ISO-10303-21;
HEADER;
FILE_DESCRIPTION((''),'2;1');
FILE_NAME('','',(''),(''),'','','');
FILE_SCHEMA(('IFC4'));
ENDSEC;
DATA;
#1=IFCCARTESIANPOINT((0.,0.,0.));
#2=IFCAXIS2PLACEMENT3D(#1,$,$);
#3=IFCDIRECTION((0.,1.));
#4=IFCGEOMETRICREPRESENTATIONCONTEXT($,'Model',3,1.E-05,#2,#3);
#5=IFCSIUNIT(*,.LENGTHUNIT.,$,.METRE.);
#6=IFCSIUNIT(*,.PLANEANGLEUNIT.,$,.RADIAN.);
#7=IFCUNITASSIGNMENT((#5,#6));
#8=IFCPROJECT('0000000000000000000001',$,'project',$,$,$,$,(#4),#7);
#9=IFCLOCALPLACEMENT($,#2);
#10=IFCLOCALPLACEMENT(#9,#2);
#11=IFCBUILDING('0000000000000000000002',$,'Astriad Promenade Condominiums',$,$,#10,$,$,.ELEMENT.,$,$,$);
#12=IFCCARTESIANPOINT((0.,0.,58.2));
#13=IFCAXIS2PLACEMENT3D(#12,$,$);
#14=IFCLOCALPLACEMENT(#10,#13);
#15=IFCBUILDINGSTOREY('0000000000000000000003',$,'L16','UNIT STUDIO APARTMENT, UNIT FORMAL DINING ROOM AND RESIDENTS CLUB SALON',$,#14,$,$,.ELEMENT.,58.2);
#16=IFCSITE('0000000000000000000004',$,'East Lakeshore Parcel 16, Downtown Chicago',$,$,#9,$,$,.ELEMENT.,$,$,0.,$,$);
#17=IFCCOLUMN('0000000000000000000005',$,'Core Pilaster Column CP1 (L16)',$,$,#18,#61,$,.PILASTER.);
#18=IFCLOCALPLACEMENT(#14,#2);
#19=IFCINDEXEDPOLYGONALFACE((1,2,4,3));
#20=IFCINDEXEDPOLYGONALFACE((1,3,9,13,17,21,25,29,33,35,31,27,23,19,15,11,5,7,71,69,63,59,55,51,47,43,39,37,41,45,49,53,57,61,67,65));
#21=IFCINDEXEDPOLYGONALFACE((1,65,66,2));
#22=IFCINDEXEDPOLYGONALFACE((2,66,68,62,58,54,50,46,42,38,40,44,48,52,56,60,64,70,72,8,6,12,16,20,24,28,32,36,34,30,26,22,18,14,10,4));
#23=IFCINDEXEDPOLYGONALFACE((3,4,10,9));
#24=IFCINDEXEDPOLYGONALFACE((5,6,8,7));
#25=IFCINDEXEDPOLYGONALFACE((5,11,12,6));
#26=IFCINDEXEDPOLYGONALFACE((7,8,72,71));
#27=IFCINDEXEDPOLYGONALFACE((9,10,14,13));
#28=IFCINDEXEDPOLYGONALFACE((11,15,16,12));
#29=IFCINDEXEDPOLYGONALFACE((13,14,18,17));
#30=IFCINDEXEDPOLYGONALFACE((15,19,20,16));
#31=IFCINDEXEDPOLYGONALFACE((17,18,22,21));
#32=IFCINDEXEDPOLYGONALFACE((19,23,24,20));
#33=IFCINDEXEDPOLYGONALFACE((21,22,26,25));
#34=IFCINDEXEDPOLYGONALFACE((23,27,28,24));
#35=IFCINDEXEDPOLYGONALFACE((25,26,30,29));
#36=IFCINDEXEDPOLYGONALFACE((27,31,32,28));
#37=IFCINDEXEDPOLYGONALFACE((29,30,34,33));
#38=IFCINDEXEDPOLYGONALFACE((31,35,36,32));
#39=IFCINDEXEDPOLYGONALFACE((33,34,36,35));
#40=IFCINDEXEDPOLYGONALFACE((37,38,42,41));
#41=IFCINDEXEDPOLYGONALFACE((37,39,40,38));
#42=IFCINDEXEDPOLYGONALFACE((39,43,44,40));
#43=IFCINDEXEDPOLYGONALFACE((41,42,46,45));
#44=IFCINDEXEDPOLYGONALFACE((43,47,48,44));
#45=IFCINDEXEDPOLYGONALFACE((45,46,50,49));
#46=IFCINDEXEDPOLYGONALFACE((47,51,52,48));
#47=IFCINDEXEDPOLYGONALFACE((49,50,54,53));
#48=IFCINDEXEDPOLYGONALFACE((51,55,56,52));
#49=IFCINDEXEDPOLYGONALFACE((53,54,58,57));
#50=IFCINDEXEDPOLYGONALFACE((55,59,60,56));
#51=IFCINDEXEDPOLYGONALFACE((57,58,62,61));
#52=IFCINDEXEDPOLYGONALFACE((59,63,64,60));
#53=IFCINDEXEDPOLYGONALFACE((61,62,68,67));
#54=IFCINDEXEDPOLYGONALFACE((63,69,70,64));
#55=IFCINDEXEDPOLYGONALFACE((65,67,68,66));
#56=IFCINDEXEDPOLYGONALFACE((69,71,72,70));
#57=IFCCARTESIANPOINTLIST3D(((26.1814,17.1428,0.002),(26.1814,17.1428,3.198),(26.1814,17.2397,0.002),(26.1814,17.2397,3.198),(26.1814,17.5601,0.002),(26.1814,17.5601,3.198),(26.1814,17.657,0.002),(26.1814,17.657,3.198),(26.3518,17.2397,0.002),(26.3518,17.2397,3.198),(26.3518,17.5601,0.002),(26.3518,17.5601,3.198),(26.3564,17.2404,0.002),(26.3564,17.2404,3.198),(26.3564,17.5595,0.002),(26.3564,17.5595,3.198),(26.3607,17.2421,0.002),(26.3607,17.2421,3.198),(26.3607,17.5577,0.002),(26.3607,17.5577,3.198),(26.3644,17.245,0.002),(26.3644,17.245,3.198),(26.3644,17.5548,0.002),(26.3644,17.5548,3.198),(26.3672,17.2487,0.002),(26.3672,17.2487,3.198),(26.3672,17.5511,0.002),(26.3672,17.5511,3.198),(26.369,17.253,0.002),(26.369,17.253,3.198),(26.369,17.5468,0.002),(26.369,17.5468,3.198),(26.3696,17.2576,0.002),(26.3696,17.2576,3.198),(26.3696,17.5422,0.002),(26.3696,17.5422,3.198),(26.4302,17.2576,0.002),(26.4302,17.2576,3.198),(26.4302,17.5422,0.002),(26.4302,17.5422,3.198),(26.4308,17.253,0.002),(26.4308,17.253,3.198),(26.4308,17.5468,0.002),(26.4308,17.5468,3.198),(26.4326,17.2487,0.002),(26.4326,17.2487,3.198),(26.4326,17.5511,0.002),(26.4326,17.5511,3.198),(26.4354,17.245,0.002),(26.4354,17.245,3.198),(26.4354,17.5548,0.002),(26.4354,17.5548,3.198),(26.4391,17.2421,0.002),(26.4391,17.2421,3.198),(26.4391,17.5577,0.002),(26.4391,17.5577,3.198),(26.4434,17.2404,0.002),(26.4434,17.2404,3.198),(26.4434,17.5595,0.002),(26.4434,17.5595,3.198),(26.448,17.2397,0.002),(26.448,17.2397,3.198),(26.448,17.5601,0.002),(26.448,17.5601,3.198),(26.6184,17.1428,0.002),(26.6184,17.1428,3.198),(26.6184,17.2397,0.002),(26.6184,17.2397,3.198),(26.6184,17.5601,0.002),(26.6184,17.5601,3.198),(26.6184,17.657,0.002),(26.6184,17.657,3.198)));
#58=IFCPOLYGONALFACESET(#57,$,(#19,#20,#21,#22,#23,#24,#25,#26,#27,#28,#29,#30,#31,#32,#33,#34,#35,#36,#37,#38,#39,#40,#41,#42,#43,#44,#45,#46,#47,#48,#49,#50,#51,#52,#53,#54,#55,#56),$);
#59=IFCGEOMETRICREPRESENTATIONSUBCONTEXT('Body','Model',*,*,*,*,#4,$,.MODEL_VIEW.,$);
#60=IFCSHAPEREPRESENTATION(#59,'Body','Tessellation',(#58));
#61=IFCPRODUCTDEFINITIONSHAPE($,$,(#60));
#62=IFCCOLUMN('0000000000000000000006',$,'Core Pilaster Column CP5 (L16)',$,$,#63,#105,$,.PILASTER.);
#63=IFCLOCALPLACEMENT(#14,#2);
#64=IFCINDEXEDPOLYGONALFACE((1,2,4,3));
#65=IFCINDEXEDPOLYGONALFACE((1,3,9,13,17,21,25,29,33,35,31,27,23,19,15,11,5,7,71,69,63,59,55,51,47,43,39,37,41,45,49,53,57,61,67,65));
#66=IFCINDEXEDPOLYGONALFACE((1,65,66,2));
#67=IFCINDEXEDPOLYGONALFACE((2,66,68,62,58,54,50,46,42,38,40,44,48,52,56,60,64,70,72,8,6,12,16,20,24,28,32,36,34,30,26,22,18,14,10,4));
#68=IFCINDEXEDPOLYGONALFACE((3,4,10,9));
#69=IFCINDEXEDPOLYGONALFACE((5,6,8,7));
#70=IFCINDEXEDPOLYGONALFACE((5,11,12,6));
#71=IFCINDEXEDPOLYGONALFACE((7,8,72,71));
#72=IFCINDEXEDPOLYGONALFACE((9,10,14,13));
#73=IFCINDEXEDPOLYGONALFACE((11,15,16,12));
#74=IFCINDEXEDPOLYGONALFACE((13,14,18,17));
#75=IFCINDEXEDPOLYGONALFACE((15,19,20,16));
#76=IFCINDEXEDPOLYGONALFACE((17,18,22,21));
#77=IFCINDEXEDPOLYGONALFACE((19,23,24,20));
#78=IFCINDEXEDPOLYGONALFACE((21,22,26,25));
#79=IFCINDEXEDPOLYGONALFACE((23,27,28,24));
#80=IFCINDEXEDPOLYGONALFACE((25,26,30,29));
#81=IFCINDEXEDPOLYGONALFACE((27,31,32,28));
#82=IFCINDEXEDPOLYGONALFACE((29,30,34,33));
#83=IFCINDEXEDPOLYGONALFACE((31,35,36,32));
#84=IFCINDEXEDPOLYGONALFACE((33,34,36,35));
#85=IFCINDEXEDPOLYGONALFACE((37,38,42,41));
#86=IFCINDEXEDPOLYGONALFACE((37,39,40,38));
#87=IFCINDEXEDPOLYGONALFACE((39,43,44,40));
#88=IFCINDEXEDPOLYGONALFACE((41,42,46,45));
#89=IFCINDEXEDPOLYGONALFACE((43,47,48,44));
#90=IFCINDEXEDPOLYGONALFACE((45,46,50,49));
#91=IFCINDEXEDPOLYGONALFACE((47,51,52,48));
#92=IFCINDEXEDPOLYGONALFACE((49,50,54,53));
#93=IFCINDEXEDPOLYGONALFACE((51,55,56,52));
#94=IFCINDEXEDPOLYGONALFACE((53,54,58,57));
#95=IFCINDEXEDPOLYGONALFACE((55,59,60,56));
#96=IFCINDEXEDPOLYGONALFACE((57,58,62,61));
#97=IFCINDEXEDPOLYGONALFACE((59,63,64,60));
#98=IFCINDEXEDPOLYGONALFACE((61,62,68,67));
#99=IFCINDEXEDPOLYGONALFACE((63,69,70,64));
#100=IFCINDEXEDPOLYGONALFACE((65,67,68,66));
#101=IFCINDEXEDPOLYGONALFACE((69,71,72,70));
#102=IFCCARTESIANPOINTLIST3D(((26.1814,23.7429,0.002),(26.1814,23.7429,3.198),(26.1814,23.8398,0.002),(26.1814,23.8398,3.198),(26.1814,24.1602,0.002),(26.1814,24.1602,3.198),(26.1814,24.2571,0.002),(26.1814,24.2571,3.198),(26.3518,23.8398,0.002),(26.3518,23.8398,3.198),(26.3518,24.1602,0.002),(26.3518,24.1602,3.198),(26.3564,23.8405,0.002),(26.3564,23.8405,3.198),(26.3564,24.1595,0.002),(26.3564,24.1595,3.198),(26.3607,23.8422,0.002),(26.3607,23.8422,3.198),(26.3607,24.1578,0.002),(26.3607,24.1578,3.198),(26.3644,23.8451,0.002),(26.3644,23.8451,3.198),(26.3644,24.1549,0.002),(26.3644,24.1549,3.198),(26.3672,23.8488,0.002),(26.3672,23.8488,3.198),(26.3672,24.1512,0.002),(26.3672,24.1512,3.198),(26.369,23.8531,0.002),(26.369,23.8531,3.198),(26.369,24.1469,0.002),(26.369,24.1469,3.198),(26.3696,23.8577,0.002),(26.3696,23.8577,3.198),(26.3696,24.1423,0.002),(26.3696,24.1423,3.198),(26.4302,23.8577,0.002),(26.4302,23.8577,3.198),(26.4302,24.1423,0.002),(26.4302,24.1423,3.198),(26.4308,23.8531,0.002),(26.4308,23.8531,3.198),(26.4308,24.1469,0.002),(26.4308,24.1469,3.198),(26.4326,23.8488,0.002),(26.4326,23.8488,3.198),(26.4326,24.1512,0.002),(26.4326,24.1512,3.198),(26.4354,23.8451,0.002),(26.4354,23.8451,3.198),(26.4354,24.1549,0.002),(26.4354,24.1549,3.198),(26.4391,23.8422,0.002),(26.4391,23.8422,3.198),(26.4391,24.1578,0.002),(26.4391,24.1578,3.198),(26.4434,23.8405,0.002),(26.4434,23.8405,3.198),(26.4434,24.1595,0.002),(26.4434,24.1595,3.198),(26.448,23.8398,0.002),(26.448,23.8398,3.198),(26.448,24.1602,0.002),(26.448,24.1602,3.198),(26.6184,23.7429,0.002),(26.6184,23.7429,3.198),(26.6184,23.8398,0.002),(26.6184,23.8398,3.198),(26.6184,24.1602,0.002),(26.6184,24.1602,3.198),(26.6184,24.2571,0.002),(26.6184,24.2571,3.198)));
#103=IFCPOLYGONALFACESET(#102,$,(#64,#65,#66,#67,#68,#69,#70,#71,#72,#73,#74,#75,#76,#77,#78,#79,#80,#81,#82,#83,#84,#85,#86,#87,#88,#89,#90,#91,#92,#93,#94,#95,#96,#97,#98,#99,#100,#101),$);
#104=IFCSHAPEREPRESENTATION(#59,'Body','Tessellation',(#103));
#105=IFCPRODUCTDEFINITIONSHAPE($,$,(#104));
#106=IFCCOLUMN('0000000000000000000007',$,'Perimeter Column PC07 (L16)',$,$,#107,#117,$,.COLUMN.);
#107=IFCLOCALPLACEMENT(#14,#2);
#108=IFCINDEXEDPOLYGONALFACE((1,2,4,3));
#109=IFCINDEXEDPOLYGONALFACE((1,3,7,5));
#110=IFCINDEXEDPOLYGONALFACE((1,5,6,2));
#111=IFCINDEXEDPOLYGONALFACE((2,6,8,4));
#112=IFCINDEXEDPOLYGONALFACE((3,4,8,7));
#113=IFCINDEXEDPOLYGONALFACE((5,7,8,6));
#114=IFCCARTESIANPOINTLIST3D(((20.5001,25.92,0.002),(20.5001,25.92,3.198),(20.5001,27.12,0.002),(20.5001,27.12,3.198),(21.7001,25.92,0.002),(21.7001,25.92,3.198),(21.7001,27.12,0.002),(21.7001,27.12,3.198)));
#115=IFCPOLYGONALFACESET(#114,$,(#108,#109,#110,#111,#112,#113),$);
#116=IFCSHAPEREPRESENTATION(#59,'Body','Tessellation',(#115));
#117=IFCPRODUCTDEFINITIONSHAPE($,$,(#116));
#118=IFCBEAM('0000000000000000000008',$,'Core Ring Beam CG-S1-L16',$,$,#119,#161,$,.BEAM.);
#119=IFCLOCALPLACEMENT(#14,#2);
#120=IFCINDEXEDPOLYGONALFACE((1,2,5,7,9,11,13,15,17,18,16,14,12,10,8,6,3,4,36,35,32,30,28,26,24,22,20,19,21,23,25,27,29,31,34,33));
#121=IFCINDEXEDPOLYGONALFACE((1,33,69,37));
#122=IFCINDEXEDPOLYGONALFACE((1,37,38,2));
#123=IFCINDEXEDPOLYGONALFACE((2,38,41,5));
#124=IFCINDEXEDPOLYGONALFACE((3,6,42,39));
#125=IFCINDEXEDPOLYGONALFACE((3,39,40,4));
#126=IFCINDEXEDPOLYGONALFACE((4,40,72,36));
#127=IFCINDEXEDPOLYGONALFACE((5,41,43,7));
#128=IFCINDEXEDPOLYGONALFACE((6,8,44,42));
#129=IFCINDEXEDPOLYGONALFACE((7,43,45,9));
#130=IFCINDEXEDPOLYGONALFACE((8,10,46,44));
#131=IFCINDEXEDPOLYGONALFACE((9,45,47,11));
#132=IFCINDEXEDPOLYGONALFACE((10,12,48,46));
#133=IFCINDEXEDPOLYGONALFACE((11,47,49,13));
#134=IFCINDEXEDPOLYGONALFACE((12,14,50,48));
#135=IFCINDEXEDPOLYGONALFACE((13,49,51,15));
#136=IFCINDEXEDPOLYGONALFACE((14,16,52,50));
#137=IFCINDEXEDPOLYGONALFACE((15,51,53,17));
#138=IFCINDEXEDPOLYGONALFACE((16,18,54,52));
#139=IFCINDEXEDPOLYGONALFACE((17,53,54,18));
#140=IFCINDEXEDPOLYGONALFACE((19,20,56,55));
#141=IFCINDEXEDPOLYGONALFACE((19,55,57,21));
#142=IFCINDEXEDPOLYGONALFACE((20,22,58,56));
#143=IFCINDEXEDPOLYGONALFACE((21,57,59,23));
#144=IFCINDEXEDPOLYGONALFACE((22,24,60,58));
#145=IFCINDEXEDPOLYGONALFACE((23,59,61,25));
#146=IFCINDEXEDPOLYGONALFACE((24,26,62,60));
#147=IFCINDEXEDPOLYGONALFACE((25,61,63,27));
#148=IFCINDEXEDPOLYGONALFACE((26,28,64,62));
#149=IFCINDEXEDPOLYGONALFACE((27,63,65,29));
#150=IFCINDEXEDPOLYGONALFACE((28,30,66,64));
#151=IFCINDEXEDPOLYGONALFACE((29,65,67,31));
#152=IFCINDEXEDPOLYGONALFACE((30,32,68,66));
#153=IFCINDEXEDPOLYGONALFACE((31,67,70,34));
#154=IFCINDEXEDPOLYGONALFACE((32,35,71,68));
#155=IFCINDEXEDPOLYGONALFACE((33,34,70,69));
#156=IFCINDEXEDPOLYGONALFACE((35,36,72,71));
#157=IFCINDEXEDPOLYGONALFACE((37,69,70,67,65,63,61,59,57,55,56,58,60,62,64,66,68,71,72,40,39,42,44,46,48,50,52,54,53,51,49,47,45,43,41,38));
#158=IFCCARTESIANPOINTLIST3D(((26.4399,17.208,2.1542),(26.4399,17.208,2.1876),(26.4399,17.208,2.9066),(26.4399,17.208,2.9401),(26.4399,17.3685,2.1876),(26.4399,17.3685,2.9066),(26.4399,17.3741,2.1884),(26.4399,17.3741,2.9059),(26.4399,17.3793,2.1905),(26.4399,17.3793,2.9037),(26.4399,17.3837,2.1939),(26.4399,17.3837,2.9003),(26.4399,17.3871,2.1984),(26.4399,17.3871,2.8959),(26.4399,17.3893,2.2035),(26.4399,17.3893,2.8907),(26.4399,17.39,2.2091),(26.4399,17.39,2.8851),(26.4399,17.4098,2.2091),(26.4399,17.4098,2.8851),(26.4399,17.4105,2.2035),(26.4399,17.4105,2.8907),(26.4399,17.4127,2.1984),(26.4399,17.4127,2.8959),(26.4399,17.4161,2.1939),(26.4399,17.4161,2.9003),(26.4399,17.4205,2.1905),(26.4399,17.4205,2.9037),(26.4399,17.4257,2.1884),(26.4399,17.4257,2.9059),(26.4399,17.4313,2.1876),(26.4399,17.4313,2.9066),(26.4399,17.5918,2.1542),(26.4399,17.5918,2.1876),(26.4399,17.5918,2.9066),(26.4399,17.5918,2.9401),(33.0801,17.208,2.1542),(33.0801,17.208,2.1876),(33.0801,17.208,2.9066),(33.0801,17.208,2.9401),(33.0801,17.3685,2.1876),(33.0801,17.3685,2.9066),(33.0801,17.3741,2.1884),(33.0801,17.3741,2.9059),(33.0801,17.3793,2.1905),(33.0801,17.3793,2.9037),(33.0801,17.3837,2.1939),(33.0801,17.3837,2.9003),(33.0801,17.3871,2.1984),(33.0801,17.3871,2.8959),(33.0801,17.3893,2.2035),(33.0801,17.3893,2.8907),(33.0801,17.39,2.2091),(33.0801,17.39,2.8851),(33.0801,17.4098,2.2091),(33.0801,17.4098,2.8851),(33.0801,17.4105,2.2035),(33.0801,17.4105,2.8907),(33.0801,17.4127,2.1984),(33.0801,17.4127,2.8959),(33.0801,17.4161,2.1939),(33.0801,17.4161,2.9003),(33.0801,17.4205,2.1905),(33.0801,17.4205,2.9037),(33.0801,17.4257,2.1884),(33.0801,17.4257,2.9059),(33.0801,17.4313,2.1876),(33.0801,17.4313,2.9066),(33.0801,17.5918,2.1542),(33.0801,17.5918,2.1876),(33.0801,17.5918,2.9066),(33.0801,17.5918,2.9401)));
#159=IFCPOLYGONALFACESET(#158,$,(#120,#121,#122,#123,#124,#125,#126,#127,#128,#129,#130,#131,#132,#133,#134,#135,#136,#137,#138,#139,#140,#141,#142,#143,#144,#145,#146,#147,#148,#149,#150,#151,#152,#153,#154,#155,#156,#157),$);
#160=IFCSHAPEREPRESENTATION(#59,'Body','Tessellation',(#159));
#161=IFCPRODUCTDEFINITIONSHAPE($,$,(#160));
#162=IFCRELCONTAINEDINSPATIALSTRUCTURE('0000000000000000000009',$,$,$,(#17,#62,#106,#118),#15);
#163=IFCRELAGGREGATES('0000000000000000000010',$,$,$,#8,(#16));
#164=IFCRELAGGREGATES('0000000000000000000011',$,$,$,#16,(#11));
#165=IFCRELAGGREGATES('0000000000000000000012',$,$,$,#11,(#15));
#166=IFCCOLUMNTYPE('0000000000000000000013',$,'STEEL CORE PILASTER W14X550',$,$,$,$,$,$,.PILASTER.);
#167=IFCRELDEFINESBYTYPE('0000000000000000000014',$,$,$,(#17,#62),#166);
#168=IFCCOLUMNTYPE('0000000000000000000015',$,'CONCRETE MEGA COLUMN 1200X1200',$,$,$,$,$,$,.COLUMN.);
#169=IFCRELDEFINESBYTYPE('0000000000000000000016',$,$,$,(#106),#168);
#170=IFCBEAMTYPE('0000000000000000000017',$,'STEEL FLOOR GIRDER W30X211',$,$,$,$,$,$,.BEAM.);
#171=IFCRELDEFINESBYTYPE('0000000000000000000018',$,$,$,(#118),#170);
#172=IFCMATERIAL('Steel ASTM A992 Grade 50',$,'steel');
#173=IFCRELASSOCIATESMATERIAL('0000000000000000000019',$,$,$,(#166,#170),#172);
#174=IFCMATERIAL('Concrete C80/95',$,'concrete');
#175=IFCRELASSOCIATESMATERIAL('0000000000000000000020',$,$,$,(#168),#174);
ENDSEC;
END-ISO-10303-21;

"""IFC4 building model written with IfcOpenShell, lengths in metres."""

from ifc_helpers import new_model, si_unit, direction, frame, origin, origin_2d, place, context, subcontext, project, spatial, rectangle, i_section, extrude, source, transform, mapped, material, material_profile, profile_set, type_object, type_shapes, element, save


model = new_model("IFC4")

# Units and contexts
model_context = context("Model", 3, precision=1e-05, world=origin(), true_north=direction((0.0, 1.0)))
body_context = subcontext(model_context, "Body", "Model", "MODEL_VIEW")
ifc_project = project(units=[si_unit("LENGTHUNIT", "METRE"), si_unit("PLANEANGLEUNIT", "RADIAN")], contexts=[model_context])

# Site, building, storey
site_placement = place(None, origin())
site = spatial("IfcSite", under=ifc_project, at=site_placement, Name="East Lakeshore Parcel 16, Downtown Chicago", CompositionType="ELEMENT", RefElevation=0.0)
building_placement = place(site_placement, origin())
building = spatial("IfcBuilding", under=site, at=building_placement, Name="Astriad Promenade Condominiums", CompositionType="ELEMENT")
storey_placement = place(building_placement, frame((0.0, 0.0, 58.2)))
storey = spatial("IfcBuildingStorey", under=building, at=storey_placement, Name="L16", Description="UNIT STUDIO APARTMENT, UNIT FORMAL DINING ROOM AND RESIDENTS CLUB SALON", CompositionType="ELEMENT", Elevation=58.2)

# Columns
ifc_material_1 = material(Name="Steel ASTM A992 Grade 50", Category="steel")
ifc_material_profile_1 = material_profile(ifc_material_1, i_section(OverallWidth=0.437, OverallDepth=0.5142, WebThickness=0.0605, FlangeThickness=0.0969, FilletRadius=0.0178, at=origin_2d()), Name="W14X550")
ifc_profile_set_1 = profile_set([ifc_material_profile_1], Name="Steel ASTM A992 Grade 50")
column_type_1 = type_object("IfcColumnType", Name="STEEL CORE PILASTER W14X550", PredefinedType="PILASTER", material=ifc_profile_set_1)
shared_shape_1 = source(origin(), body_context, "Body", "SweptSolid", [
    extrude(i_section(OverallWidth=0.437, OverallDepth=0.5142, WebThickness=0.0605, FlangeThickness=0.0969, FilletRadius=0.0178, at=origin_2d()), origin(), (0.0, 0.0, 1.0), 3.196),
])
type_shapes(column_type_1, [shared_shape_1])
for number, where, z_axis, x_axis, name in (
    (1, (26.3999, 17.3999, 0.002), (0.0, 0.0, 1.0), (1.0, 0.0, 0.0), "Core Pilaster Column CP1 (L16)"),
    (2, (26.3999, 24.0, 0.002), (0.0, 0.0, 1.0), (1.0, 0.0, 0.0), "Core Pilaster Column CP5 (L16)"),
):
    element("IfcColumn", number, at=place(storey_placement, frame(where, z_axis=z_axis, x_axis=x_axis)), inside=storey, type_object=column_type_1, Name=name, PredefinedType="PILASTER", context=body_context, shape_type="MappedRepresentation", body=[
        mapped(shared_shape_1, transform((0.0, 0.0, 0.0), scale=1.0)),
    ])
ifc_material_2 = material(Name="Concrete C80/95", Category="concrete")
ifc_material_profile_2 = material_profile(ifc_material_2, rectangle(XDim=1.2, YDim=1.2, at=origin_2d()), Name="RC-COL-1200X1200")
ifc_profile_set_2 = profile_set([ifc_material_profile_2], Name="Concrete C80/95")
column_type_2 = type_object("IfcColumnType", Name="CONCRETE MEGA COLUMN 1200X1200", PredefinedType="COLUMN", material=ifc_profile_set_2)
shared_shape_2 = source(origin(), body_context, "Body", "SweptSolid", [
    extrude(rectangle(XDim=1.2, YDim=1.2, at=origin_2d()), origin(), (0.0, 0.0, 1.0), 3.196),
])
type_shapes(column_type_2, [shared_shape_2])
column_placement = place(storey_placement, frame((21.1001, 26.52, 0.002), z_axis=(0.0, 0.0, 1.0), x_axis=(1.0, 0.0, 0.0)))
element("IfcColumn", 3, at=column_placement, inside=storey, type_object=column_type_2, Name="Perimeter Column PC07 (L16)", PredefinedType="COLUMN", context=body_context, shape_type="MappedRepresentation", body=[
    mapped(shared_shape_2, transform((0.0, 0.0, 0.0), scale=1.0)),
])

# Beam
ifc_material_profile_3 = material_profile(ifc_material_1, i_section(OverallWidth=0.3838, OverallDepth=0.7859, WebThickness=0.0198, FlangeThickness=0.0334, FilletRadius=0.0215, at=origin_2d()), Name="W30X211")
ifc_profile_set_3 = profile_set([ifc_material_profile_3], Name="Steel ASTM A992 Grade 50")
beam_type_1 = type_object("IfcBeamType", Name="STEEL FLOOR GIRDER W30X211", PredefinedType="BEAM", material=ifc_profile_set_3)
shared_shape_3 = source(origin(), body_context, "Body", "SweptSolid", [
    extrude(i_section(OverallWidth=0.3838, OverallDepth=0.7859, WebThickness=0.0198, FlangeThickness=0.0334, FilletRadius=0.0215, at=origin_2d()), origin(), (0.0, 0.0, 1.0), 6.6401),
])
type_shapes(beam_type_1, [shared_shape_3])
beam_1_placement = place(storey_placement, frame((26.4399, 17.3999, 2.5471), z_axis=(1.0, 0.0, 0.0), x_axis=(0.0, 1.0, 0.0)))
element("IfcBeam", 4, at=beam_1_placement, inside=storey, type_object=beam_type_1, Name="Core Ring Beam CG-S1-L16", PredefinedType="BEAM", context=body_context, shape_type="MappedRepresentation", body=[
    mapped(shared_shape_3, transform((0.0, 0.0, 0.0), scale=1.0)),
])

save(model, "model.ifc")
